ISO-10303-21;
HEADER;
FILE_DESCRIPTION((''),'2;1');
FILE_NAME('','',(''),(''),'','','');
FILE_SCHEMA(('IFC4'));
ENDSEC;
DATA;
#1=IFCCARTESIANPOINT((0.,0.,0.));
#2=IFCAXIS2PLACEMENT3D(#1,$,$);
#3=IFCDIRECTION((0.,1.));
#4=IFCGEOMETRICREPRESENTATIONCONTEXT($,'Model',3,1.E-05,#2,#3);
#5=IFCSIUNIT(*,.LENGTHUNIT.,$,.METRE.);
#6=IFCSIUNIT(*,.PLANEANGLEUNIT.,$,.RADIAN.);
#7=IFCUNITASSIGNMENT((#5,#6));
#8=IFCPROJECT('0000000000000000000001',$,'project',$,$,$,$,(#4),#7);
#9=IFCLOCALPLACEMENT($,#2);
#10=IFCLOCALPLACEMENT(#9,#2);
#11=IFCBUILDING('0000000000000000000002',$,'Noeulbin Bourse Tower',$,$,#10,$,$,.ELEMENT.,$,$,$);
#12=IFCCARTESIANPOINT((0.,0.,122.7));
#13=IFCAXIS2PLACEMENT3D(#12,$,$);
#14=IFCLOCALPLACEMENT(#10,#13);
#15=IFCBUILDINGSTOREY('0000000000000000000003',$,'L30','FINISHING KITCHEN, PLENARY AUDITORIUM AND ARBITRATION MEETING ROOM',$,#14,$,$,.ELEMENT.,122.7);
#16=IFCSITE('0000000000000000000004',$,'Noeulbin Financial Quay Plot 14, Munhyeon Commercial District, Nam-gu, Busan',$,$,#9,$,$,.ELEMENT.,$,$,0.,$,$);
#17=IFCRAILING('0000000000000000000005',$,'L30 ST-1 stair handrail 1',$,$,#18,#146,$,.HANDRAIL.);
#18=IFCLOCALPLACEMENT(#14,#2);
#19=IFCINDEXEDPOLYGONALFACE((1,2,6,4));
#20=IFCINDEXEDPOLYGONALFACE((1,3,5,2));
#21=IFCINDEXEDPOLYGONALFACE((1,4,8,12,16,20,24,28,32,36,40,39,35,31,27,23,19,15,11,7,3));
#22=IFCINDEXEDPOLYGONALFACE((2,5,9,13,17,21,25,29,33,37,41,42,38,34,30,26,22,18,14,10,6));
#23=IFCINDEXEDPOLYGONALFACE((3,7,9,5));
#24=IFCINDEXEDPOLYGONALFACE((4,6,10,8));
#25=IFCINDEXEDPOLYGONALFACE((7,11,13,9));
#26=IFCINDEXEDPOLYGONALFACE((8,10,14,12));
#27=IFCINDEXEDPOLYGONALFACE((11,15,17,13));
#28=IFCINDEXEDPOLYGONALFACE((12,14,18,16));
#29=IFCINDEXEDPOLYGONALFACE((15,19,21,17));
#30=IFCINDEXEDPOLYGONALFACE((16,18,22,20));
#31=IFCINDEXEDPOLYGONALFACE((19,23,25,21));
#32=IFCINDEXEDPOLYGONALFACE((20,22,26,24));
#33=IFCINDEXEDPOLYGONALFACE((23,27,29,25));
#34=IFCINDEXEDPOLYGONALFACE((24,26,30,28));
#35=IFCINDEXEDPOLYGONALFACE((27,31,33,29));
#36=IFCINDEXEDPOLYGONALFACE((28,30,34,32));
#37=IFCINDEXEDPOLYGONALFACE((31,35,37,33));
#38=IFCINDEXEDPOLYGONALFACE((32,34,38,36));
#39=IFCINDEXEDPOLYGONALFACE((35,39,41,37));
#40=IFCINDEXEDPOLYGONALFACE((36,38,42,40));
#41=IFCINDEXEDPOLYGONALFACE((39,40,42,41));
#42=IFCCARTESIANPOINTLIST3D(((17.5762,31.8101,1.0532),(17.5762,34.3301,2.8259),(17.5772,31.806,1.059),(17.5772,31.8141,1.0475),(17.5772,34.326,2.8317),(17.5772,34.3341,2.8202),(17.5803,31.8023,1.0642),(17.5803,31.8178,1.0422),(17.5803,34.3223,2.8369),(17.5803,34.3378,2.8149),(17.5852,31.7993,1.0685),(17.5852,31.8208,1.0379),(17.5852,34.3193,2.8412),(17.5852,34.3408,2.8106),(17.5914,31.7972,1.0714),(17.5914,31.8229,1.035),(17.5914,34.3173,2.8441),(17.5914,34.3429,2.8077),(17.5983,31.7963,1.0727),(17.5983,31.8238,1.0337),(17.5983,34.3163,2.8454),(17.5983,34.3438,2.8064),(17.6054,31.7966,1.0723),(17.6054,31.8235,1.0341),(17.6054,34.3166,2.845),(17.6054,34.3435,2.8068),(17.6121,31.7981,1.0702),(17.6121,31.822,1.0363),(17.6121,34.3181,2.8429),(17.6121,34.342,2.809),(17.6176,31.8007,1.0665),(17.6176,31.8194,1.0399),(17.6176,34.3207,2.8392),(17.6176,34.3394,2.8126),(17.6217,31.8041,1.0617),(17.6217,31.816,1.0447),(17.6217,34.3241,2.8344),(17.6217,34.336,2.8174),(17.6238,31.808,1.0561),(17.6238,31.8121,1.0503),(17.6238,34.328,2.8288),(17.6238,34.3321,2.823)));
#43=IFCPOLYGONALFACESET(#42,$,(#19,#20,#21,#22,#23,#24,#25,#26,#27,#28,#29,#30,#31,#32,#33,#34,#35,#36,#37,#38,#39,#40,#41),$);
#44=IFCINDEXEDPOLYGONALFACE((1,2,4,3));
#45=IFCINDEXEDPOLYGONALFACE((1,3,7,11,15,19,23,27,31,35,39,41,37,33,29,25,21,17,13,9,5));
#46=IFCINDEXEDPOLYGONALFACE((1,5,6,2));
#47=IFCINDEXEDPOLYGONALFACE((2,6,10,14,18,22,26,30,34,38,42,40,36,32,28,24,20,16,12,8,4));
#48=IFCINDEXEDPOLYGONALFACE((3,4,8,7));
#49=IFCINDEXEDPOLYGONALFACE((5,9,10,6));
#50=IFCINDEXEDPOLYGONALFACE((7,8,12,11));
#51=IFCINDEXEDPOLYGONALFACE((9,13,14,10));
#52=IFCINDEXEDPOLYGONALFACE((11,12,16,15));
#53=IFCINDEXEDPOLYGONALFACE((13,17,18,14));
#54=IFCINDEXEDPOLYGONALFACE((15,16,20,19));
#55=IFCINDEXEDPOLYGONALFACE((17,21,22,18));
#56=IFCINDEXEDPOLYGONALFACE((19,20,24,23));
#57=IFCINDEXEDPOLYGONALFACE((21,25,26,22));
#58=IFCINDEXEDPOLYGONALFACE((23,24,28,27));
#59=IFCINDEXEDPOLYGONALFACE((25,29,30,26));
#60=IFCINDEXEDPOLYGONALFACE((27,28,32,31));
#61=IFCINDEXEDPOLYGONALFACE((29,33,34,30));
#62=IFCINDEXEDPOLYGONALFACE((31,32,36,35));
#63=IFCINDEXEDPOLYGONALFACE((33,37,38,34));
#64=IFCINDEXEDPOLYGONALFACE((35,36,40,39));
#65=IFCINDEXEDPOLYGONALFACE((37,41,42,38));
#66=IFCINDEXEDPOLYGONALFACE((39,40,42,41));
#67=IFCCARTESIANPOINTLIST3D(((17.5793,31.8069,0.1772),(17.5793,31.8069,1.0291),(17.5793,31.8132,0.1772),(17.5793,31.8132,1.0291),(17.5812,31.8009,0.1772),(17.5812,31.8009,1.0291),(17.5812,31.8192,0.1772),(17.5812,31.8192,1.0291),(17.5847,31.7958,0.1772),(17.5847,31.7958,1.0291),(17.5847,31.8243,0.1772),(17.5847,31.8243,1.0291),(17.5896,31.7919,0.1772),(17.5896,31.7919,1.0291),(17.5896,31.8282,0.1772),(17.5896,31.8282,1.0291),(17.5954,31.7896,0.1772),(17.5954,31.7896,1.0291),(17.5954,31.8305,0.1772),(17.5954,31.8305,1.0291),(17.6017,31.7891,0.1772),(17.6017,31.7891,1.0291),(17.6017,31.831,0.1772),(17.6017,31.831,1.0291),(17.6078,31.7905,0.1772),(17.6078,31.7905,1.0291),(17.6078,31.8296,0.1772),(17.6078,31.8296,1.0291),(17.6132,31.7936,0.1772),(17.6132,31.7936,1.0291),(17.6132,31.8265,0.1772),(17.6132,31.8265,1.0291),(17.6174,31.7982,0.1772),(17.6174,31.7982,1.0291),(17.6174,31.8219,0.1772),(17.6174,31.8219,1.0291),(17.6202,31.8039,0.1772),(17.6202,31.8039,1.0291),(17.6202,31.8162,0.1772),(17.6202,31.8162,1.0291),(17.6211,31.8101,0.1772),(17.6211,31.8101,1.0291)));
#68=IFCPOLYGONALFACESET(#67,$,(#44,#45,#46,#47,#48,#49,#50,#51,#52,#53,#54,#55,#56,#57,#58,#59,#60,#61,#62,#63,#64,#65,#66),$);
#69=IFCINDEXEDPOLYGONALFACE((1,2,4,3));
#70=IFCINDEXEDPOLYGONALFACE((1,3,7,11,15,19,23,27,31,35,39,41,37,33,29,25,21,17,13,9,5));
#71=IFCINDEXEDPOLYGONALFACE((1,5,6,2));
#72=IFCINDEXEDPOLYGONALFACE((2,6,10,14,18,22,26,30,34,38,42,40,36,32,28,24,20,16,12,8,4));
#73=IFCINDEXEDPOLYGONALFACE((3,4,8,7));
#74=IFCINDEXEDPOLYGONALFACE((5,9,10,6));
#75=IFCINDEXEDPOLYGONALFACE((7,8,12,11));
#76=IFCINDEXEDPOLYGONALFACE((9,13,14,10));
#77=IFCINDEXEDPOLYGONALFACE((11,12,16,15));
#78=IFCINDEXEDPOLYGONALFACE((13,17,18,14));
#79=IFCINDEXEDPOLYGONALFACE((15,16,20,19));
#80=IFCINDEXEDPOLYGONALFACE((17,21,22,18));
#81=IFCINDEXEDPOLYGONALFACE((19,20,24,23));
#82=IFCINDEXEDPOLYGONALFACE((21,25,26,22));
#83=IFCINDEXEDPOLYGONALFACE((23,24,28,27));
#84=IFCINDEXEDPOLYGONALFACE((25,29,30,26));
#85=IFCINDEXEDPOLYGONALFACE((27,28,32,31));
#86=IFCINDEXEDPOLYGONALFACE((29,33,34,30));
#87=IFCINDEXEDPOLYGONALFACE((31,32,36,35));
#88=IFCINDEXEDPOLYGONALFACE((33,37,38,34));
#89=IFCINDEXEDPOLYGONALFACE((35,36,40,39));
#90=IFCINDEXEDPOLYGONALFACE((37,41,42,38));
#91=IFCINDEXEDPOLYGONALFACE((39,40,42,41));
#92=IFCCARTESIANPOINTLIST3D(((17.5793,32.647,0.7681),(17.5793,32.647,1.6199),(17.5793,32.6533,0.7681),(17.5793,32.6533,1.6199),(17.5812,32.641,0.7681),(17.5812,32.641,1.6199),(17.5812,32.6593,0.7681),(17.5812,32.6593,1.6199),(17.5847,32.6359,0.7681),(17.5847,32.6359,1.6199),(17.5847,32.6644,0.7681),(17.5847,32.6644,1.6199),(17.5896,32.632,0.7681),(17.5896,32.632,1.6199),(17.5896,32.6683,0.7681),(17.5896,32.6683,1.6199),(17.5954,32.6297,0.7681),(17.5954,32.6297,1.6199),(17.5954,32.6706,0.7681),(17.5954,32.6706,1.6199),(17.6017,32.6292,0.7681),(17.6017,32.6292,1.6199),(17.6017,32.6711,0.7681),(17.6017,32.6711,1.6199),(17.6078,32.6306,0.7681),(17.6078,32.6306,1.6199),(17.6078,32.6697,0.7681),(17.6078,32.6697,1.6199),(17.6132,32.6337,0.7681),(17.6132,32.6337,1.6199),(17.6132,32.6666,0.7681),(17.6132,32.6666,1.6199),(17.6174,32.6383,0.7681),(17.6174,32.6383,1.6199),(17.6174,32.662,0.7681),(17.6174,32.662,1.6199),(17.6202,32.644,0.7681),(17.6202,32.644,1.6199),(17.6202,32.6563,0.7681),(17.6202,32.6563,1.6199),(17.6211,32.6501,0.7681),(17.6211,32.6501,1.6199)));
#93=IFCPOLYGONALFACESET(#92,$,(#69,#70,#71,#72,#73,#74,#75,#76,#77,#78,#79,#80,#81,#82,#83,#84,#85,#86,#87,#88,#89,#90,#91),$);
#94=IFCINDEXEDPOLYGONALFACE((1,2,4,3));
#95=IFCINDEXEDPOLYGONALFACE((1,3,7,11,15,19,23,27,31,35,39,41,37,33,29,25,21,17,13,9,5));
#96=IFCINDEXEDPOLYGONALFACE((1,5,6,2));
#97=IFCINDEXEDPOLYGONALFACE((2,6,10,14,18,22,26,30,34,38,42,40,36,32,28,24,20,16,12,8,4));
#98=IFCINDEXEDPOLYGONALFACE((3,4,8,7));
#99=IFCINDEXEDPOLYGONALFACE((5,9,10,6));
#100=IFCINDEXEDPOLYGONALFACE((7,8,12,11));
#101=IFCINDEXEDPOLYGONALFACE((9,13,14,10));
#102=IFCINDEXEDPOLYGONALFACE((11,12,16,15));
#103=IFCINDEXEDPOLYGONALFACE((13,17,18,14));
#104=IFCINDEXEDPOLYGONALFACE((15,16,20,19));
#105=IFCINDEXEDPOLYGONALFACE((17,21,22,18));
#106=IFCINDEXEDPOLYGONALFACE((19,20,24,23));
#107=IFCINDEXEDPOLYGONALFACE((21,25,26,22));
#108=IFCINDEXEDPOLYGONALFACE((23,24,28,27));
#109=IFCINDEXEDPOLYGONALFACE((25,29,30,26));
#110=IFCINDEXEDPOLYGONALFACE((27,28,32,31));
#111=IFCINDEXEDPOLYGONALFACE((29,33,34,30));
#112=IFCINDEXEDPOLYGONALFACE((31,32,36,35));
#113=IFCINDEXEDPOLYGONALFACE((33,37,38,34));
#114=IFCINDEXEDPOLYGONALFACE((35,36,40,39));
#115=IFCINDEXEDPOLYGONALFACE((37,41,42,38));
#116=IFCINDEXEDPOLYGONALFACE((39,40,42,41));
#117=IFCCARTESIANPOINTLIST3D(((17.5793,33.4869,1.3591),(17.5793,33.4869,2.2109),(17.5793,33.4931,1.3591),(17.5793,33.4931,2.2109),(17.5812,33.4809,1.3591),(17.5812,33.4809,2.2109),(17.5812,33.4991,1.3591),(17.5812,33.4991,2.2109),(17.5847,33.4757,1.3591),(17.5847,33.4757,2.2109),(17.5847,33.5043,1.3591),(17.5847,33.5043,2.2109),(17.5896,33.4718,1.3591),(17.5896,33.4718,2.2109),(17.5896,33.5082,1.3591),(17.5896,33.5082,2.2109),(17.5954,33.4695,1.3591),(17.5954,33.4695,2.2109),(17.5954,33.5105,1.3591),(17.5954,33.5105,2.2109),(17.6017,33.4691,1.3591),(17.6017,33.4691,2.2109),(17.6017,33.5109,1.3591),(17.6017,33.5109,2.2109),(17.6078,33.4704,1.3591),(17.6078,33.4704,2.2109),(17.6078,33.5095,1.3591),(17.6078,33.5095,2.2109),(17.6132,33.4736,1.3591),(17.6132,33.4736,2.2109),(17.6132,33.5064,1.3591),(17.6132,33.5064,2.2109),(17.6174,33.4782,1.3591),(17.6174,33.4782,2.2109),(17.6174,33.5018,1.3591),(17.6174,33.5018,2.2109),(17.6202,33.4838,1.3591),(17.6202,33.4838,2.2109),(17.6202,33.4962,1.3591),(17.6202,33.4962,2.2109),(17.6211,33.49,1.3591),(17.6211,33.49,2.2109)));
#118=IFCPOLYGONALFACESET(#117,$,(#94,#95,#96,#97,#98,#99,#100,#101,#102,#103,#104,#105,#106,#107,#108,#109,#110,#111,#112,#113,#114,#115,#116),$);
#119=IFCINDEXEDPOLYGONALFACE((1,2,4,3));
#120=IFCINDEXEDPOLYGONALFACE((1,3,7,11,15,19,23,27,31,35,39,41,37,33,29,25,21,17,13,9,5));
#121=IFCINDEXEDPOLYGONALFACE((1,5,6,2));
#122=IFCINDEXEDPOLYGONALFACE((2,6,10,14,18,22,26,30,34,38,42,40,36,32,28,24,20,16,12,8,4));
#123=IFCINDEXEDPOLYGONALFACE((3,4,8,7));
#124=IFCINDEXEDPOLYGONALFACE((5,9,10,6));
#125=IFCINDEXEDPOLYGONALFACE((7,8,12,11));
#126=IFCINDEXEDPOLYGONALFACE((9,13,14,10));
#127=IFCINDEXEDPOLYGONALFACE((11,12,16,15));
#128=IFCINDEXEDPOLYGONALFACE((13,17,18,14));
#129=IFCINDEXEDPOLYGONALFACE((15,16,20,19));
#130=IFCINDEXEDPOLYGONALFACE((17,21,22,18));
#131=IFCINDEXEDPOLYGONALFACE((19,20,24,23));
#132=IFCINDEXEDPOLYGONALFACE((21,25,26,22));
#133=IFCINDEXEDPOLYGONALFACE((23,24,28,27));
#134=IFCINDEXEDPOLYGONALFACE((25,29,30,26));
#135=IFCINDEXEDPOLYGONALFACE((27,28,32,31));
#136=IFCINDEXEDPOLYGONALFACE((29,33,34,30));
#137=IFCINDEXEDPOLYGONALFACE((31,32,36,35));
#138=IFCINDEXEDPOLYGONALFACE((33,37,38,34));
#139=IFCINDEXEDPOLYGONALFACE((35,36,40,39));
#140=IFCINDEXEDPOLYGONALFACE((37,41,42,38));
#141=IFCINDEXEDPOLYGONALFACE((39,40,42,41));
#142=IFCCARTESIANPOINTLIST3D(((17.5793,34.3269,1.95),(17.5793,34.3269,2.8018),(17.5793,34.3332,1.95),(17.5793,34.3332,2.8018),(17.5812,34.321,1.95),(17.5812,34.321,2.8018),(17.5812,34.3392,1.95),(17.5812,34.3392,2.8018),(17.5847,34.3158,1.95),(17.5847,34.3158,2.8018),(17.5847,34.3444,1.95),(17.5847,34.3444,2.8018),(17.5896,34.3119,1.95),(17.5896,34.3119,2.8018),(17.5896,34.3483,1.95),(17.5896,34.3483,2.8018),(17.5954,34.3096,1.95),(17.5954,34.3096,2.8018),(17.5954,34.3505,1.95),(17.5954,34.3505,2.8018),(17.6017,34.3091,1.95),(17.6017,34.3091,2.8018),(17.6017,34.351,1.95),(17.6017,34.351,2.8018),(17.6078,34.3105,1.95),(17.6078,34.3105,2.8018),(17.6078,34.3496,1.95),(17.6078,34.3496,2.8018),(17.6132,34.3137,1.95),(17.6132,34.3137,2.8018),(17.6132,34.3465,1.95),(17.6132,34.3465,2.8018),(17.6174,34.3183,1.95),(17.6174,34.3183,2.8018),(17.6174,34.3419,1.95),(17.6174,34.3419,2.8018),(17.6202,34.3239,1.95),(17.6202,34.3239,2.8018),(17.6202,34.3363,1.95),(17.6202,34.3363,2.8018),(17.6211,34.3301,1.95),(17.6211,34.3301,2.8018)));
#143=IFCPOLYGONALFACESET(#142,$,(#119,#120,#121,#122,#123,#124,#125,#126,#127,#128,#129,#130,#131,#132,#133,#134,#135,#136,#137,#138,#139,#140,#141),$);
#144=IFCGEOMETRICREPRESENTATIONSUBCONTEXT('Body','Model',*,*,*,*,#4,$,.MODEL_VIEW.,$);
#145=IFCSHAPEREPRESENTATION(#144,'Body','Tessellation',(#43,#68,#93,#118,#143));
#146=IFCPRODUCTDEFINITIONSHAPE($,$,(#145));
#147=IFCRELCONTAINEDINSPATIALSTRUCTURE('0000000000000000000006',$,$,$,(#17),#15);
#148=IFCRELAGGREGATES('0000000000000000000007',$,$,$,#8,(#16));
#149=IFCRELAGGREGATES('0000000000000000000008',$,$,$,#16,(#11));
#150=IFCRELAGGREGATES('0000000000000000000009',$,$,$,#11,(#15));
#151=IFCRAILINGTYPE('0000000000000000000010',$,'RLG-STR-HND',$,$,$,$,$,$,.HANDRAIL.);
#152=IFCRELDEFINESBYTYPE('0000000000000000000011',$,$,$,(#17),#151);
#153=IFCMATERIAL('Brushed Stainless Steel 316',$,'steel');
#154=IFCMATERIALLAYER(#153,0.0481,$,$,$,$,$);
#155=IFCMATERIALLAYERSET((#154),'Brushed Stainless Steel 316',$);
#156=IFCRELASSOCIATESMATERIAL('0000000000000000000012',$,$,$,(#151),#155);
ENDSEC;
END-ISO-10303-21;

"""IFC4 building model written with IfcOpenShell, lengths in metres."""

from ifc_helpers import new_model, si_unit, direction, frame, origin, origin_2d, place, context, subcontext, project, spatial, circle, extrude, material, layer, layer_set, type_object, element, save


model = new_model("IFC4")

# Units and contexts
model_context = context("Model", 3, precision=1e-05, world=origin(), true_north=direction((0.0, 1.0)))
body_context = subcontext(model_context, "Body", "Model", "MODEL_VIEW")
ifc_project = project(units=[si_unit("LENGTHUNIT", "METRE"), si_unit("PLANEANGLEUNIT", "RADIAN")], contexts=[model_context])

# Site, building, storey
site_placement = place(None, origin())
site = spatial("IfcSite", under=ifc_project, at=site_placement, Name="Noeulbin Financial Quay Plot 14, Munhyeon Commercial District, Nam-gu, Busan", CompositionType="ELEMENT", RefElevation=0.0)
building_placement = place(site_placement, origin())
building = spatial("IfcBuilding", under=site, at=building_placement, Name="Noeulbin Bourse Tower", CompositionType="ELEMENT")
storey_placement = place(building_placement, frame((0.0, 0.0, 122.7)))
storey = spatial("IfcBuildingStorey", under=building, at=storey_placement, Name="L30", Description="FINISHING KITCHEN, PLENARY AUDITORIUM AND ARBITRATION MEETING ROOM", CompositionType="ELEMENT", Elevation=122.7)

# Railing
ifc_material_1 = material(Name="Brushed Stainless Steel 316", Category="steel")
ifc_layer_1 = layer(ifc_material_1, 0.0481)
ifc_layer_set_1 = layer_set([ifc_layer_1], Name="Brushed Stainless Steel 316")
railing_type_1 = type_object("IfcRailingType", Name="RLG-STR-HND", PredefinedType="HANDRAIL", material=ifc_layer_set_1)
railing_1_placement = place(storey_placement, frame((17.6001, 31.8101, 0.1772)))
element("IfcRailing", 1, at=railing_1_placement, inside=storey, type_object=railing_type_1, Name="L30 ST-1 stair handrail 1", PredefinedType="HANDRAIL", context=body_context, shape_type="SweptSolid", body=[
    extrude(circle(Radius=0.0239, at=origin_2d()), frame((0.0, 0.0, 0.876), z_axis=(0.0, 0.817904, 0.575354), x_axis=(-1.0, 0.0, 0.0)), (0.0, 0.0, 1.0), 3.0811),
    extrude(circle(Radius=0.021, at=origin_2d()), origin(), (0.0, 0.0, 1.0), 0.8518),
    extrude(circle(Radius=0.021, at=origin_2d()), frame((0.0, 0.8401, 0.5908)), (0.0, 0.0, 1.0), 0.8518),
    extrude(circle(Radius=0.021, at=origin_2d()), frame((0.0, 1.6799, 1.1819)), (0.0, 0.0, 1.0), 0.8518),
    extrude(circle(Radius=0.021, at=origin_2d()), frame((0.0, 2.52, 1.7727)), (0.0, 0.0, 1.0), 0.8518),
])

save(model, "model.ifc")
